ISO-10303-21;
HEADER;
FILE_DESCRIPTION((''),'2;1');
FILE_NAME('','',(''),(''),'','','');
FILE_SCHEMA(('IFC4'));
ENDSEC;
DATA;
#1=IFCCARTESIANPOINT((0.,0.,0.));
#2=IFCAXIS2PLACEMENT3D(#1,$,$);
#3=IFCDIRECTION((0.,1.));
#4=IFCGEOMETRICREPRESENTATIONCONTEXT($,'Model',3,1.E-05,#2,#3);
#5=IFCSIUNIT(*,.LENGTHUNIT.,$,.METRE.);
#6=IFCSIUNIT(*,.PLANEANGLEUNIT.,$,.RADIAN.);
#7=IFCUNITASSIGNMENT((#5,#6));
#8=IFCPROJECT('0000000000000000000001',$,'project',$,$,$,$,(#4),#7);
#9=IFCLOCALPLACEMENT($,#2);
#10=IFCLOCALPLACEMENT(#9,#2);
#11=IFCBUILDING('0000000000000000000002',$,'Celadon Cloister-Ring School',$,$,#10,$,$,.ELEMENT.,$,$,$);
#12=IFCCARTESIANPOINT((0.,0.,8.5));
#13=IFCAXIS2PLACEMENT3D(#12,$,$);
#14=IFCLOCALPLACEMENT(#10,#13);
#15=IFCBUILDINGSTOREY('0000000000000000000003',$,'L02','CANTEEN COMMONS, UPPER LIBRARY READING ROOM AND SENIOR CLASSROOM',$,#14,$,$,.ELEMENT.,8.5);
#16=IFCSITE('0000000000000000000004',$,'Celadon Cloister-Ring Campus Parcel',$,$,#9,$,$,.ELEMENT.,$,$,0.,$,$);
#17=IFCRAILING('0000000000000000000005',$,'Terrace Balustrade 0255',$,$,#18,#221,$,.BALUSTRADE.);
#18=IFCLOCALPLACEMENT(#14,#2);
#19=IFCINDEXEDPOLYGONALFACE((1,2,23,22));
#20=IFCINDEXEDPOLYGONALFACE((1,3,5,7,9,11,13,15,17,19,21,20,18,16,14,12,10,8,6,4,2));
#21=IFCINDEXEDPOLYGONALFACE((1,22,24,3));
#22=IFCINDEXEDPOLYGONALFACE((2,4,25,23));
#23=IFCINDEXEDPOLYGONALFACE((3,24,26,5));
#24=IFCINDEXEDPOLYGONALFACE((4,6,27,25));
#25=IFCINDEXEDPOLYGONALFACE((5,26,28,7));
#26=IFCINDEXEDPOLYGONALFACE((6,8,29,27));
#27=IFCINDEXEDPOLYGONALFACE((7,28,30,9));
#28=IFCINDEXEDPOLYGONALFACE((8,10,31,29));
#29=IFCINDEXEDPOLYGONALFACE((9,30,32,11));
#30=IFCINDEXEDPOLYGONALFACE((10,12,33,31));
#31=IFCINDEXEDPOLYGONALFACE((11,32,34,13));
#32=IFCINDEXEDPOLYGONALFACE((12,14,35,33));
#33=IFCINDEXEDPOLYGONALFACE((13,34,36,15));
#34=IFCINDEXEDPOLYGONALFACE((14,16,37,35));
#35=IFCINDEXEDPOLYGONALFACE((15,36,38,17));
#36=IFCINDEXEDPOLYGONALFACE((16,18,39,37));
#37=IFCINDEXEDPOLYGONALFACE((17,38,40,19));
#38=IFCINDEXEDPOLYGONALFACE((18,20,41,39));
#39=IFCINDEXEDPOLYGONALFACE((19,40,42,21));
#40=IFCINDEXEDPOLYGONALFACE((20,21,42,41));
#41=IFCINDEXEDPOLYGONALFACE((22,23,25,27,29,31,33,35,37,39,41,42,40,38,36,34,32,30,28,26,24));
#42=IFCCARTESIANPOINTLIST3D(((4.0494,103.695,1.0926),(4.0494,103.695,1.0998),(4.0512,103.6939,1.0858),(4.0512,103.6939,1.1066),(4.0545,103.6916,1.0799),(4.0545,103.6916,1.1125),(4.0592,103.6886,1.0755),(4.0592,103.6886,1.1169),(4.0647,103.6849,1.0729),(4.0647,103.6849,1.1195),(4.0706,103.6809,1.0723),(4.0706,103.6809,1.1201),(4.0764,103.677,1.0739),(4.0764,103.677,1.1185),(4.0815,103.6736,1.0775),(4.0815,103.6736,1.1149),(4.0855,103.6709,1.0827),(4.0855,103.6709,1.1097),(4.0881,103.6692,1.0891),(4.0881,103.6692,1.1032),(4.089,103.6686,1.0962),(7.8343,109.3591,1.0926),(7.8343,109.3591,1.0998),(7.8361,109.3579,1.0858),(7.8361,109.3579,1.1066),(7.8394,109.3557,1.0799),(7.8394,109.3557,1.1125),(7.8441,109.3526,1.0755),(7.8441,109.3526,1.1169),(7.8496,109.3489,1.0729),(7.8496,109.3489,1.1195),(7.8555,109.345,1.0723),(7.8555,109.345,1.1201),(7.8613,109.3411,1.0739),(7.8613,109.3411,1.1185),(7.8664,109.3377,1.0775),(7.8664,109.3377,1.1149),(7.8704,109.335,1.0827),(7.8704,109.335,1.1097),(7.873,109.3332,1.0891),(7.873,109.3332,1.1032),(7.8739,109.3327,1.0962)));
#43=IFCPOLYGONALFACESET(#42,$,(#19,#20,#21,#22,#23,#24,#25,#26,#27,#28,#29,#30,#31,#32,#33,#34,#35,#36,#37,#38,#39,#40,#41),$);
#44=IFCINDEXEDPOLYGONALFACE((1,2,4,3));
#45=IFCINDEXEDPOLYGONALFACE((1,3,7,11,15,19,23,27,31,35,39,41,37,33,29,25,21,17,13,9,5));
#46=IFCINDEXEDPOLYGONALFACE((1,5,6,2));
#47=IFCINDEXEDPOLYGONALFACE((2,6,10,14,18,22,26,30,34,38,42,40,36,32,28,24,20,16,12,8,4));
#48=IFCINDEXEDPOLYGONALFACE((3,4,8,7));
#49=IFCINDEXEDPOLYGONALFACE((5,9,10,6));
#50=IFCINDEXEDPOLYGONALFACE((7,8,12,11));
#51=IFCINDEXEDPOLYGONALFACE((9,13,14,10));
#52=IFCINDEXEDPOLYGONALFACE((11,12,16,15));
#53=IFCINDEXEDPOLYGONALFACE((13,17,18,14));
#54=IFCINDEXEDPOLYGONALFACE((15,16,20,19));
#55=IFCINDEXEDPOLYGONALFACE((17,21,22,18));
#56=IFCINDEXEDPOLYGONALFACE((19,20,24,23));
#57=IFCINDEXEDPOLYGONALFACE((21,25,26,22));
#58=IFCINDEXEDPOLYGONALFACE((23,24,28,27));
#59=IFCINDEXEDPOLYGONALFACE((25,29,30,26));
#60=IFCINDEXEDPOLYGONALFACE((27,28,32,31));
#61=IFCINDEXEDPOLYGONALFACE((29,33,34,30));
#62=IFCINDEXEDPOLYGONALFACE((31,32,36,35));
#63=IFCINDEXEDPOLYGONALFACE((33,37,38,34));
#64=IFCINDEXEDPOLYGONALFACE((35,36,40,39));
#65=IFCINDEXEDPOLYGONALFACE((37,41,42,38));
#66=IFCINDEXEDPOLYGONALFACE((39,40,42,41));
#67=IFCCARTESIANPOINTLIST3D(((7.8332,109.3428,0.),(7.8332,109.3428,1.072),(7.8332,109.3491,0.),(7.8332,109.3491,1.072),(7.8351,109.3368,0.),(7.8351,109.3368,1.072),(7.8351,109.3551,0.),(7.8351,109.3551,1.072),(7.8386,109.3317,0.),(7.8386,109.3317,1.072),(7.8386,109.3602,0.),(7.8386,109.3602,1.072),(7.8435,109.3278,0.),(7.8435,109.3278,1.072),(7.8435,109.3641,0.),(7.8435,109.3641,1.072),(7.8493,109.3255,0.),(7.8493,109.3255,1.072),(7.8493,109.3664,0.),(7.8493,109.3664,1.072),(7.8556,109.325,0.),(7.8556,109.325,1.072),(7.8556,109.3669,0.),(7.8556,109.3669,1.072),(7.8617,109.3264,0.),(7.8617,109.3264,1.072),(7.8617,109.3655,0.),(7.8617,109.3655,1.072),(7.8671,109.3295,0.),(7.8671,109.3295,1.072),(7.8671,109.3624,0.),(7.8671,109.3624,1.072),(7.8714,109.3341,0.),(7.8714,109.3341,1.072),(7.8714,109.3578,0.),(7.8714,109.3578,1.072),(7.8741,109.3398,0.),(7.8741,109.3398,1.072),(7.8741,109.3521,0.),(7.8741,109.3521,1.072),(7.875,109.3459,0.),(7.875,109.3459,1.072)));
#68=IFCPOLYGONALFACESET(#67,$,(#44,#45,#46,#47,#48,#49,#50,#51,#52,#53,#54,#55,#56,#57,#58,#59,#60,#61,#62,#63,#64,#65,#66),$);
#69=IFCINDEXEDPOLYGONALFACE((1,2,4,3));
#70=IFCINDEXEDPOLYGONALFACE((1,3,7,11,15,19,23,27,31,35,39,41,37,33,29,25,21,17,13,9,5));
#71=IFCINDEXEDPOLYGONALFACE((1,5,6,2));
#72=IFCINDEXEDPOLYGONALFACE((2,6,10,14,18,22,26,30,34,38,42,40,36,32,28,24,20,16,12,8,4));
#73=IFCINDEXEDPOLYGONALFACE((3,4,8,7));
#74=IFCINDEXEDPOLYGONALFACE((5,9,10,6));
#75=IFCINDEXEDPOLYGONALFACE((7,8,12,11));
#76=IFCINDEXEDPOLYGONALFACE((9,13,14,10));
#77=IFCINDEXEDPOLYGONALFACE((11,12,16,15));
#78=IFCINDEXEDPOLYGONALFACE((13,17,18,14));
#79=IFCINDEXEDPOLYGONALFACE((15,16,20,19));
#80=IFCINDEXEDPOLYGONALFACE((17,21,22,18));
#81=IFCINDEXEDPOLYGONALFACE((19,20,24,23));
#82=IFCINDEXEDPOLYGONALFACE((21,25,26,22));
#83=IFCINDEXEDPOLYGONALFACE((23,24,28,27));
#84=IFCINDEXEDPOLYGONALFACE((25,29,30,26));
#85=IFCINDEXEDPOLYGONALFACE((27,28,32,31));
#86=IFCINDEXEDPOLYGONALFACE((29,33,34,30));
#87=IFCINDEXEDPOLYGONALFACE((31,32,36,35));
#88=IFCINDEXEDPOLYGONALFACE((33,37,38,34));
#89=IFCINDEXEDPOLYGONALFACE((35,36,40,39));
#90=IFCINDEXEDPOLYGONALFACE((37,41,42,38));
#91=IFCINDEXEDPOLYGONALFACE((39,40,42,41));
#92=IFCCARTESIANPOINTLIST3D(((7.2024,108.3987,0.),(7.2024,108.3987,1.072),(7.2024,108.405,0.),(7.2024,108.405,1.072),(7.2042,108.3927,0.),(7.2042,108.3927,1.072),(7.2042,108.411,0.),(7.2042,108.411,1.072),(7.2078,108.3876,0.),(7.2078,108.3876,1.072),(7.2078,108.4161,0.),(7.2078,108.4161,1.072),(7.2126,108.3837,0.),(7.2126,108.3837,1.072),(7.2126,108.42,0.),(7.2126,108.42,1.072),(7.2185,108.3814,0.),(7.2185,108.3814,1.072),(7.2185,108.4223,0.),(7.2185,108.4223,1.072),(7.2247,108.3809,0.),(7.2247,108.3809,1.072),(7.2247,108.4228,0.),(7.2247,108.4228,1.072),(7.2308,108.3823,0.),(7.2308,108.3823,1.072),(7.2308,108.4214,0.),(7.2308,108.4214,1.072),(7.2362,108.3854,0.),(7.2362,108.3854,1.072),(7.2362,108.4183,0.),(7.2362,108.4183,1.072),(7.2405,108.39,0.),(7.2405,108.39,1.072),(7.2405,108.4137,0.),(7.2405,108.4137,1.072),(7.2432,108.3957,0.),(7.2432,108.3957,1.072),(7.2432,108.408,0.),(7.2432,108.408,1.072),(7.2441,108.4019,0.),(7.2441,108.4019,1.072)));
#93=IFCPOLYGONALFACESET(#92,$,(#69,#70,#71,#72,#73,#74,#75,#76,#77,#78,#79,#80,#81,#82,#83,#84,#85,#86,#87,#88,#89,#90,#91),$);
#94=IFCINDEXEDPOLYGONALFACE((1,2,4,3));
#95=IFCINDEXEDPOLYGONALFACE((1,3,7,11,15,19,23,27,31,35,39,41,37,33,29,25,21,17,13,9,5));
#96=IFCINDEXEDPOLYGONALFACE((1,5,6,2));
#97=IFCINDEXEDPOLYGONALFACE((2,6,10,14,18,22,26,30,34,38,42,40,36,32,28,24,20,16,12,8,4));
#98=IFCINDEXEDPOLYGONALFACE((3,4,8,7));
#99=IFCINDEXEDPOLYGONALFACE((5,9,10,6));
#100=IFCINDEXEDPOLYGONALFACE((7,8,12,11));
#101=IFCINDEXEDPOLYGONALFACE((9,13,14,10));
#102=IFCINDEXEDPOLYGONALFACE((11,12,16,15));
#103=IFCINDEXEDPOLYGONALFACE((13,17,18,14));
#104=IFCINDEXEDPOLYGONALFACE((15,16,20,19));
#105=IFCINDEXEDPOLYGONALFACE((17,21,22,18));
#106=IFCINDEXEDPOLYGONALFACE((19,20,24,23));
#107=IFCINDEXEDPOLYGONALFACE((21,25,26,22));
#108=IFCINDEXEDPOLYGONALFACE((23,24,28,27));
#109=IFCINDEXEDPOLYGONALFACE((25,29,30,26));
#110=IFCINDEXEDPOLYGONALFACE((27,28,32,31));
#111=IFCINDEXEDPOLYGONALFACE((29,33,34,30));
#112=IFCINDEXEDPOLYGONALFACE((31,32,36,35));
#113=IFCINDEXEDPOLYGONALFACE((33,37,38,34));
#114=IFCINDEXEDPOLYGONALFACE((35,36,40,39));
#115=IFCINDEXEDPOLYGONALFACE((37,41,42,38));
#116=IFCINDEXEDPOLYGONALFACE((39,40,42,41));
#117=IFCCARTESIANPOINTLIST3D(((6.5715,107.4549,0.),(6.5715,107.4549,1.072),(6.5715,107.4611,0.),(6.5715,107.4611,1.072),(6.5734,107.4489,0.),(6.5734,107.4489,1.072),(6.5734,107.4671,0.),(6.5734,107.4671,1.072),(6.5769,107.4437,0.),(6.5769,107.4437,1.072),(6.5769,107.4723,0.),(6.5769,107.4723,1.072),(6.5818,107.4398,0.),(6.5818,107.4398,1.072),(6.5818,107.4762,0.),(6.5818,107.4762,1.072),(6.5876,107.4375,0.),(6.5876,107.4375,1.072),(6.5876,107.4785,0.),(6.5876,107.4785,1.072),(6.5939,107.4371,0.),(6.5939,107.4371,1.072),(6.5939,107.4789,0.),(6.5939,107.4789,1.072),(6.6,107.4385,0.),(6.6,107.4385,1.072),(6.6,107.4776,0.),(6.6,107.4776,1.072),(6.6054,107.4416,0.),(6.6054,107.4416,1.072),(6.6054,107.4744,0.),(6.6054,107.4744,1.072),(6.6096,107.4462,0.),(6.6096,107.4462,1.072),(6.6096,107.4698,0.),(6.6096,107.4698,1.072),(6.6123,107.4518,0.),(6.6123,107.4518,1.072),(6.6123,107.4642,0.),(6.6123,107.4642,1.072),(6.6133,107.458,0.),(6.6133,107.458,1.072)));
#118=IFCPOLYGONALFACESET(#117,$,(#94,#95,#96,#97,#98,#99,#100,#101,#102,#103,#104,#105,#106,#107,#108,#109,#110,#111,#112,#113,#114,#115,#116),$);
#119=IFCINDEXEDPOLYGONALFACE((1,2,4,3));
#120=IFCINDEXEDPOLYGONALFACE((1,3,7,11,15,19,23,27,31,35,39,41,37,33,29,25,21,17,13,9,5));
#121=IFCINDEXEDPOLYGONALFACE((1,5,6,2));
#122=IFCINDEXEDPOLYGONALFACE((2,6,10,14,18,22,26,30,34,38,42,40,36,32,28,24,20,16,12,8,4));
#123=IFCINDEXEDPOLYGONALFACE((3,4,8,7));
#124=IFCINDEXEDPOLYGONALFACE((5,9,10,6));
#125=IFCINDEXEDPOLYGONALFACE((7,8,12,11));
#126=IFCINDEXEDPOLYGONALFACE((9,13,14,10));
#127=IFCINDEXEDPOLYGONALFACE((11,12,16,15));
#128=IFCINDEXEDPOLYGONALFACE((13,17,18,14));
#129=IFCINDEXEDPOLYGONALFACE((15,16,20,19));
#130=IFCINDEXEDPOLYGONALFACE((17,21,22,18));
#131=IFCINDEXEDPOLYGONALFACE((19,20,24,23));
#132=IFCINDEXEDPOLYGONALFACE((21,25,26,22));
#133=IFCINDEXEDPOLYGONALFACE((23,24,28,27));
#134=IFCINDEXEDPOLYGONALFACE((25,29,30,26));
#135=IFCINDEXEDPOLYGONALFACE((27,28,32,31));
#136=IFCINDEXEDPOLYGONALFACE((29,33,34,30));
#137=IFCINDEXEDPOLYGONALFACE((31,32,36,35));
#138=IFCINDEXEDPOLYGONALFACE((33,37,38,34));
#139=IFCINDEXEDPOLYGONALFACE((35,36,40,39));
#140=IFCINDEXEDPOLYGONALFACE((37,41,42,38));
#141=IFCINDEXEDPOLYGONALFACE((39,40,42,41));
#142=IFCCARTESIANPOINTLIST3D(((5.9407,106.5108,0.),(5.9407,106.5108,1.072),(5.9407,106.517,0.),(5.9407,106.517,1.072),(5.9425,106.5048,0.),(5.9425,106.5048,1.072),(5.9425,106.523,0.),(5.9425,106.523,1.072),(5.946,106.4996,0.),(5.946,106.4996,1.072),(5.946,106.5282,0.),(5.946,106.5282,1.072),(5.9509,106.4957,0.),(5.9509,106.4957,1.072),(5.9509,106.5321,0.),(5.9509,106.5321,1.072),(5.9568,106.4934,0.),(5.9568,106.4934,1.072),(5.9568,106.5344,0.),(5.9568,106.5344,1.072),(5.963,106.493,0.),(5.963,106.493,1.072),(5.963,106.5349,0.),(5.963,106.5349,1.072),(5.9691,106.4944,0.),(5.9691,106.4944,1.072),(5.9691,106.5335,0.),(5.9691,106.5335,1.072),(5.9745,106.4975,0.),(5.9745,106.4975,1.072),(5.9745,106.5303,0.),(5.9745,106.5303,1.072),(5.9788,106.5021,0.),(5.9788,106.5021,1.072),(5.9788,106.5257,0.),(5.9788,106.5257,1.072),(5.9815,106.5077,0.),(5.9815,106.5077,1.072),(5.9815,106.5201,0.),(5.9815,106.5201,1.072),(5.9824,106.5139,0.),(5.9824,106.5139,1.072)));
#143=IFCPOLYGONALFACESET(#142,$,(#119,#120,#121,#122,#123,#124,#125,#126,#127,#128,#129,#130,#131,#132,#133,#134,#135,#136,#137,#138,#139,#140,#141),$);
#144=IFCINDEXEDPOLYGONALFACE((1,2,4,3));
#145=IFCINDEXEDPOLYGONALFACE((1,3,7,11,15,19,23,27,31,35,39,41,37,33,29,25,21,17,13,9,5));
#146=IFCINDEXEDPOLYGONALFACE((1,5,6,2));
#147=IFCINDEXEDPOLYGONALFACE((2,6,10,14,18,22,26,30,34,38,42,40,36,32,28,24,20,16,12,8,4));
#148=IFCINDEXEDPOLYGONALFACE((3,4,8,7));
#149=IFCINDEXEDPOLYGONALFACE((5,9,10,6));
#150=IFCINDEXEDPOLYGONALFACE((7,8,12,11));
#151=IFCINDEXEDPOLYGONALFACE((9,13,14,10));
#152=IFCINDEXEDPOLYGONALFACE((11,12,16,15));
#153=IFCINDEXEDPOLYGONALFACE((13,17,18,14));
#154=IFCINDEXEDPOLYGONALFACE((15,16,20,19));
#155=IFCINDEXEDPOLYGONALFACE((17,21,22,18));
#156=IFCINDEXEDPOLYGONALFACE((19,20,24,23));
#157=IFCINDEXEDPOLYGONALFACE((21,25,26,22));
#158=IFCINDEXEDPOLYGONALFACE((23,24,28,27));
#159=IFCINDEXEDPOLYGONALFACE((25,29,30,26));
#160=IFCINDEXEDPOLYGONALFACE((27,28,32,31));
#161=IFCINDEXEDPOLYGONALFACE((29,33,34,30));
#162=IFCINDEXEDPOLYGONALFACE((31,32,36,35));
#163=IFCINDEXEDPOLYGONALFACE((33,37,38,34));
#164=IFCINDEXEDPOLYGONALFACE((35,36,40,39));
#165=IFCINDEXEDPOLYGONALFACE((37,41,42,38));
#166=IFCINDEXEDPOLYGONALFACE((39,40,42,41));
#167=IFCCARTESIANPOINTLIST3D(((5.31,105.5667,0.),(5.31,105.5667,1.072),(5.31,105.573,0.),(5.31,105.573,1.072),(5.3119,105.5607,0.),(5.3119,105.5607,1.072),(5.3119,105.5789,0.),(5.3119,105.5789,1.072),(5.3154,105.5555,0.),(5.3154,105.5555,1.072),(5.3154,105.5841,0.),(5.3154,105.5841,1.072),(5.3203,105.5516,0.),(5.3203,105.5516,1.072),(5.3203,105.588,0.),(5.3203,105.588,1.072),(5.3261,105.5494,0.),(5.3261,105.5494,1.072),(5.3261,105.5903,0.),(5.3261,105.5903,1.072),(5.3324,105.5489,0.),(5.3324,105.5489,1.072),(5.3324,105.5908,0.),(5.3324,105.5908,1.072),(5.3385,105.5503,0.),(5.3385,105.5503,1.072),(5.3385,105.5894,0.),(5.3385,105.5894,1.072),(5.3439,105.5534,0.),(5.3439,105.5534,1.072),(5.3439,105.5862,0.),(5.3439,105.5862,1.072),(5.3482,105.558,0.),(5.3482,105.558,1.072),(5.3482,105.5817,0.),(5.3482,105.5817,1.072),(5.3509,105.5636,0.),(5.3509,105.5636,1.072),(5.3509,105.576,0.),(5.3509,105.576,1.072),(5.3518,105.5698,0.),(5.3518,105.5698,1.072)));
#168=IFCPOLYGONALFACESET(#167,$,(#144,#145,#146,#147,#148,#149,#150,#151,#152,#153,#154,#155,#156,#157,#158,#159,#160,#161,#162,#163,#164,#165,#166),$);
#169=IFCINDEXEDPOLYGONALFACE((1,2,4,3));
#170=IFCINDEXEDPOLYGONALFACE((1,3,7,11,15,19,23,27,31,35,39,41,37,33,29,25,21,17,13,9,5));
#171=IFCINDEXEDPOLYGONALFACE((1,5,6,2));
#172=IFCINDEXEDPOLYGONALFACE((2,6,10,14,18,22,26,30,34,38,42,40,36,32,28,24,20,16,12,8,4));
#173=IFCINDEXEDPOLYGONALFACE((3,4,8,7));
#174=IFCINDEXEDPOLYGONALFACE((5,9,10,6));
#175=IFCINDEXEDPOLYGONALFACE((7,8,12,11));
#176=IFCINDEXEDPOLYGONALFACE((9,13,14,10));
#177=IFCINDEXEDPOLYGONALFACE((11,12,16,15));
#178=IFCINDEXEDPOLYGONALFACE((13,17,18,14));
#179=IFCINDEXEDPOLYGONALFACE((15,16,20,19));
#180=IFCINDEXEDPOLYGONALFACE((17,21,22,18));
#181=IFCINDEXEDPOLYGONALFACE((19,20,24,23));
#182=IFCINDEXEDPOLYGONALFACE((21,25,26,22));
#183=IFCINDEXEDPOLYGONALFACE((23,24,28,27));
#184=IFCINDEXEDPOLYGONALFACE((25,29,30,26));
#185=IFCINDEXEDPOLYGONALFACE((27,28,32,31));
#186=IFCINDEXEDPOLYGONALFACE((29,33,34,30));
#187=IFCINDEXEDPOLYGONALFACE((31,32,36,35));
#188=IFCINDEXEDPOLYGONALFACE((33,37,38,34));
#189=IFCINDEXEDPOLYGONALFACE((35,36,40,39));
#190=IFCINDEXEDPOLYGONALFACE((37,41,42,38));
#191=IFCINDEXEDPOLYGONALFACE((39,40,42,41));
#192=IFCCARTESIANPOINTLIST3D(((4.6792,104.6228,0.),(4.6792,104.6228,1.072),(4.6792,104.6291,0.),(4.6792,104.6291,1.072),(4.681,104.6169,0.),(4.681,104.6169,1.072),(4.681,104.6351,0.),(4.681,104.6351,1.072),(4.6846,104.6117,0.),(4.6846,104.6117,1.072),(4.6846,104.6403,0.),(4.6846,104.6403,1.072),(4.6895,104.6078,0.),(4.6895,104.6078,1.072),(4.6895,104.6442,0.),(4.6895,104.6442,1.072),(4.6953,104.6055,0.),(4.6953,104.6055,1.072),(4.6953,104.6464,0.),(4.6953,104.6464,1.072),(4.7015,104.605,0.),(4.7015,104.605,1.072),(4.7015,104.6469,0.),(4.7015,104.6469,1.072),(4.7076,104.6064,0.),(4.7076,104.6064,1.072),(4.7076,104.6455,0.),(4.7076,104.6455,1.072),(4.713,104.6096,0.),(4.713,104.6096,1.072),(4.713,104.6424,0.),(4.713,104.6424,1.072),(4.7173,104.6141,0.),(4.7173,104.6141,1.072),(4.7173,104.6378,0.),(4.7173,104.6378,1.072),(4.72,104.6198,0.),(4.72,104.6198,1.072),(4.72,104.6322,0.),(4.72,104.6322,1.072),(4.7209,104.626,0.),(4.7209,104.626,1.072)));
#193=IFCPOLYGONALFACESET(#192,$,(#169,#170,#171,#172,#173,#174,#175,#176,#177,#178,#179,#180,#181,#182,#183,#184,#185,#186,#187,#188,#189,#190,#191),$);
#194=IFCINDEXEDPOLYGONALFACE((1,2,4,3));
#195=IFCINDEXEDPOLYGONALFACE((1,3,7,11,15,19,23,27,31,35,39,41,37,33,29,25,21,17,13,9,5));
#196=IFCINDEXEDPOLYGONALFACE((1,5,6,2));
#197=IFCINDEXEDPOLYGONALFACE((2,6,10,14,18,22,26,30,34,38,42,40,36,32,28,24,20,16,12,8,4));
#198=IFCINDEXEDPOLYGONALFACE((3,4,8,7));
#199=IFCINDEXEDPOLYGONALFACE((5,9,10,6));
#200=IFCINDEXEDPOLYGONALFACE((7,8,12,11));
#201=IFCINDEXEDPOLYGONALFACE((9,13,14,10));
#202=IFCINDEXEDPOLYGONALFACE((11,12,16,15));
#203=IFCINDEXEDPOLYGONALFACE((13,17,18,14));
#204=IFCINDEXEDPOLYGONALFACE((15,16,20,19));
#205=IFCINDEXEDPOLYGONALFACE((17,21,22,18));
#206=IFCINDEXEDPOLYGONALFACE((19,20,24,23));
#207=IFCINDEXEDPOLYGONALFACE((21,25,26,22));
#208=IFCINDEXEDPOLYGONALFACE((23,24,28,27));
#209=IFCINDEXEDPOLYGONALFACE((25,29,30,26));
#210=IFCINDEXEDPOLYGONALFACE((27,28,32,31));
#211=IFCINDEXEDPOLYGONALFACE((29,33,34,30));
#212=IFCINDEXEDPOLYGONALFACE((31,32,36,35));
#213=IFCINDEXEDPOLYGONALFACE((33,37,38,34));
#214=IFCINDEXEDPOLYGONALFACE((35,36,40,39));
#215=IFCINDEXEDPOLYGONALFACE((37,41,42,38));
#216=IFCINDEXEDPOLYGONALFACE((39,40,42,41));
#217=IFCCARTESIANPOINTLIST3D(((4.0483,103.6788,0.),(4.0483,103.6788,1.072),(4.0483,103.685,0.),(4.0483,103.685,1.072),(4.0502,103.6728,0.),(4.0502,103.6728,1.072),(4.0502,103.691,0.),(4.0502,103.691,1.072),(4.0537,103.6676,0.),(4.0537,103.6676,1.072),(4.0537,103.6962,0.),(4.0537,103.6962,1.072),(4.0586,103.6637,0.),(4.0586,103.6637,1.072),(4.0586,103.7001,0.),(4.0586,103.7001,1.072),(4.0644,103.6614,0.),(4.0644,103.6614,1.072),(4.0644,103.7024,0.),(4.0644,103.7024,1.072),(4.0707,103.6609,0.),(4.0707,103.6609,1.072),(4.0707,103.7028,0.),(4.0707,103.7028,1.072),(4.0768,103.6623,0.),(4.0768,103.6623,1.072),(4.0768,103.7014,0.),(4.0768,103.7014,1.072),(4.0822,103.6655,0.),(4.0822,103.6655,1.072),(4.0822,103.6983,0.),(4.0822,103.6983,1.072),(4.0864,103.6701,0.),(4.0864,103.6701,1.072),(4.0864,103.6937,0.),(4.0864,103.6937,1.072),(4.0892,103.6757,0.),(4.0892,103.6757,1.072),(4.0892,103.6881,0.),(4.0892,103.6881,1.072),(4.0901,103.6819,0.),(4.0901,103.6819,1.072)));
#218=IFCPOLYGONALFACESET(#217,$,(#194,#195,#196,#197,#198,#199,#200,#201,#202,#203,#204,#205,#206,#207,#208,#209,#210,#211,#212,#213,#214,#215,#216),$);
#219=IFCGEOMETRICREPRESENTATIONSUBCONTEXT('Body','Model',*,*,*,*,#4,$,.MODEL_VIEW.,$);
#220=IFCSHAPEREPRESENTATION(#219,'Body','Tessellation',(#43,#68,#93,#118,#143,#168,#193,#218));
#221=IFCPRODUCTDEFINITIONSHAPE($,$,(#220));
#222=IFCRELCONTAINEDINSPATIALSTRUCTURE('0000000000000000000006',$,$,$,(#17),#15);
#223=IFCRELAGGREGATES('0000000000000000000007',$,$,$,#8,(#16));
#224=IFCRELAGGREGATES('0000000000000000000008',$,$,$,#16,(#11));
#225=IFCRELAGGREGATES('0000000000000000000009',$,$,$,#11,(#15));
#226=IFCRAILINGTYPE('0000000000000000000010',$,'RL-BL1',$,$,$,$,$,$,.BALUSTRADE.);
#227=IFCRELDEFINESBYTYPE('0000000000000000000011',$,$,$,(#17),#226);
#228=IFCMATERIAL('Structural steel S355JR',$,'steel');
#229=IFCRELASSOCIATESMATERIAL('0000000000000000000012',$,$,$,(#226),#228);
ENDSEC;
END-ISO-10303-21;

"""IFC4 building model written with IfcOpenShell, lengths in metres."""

from ifc_helpers import new_model, si_unit, direction, frame, origin, origin_2d, place, context, subcontext, project, spatial, circle, extrude, material, type_object, element, save


model = new_model("IFC4")

# Units and contexts
model_context = context("Model", 3, precision=1e-05, world=origin(), true_north=direction((0.0, 1.0)))
body_context = subcontext(model_context, "Body", "Model", "MODEL_VIEW")
ifc_project = project(units=[si_unit("LENGTHUNIT", "METRE"), si_unit("PLANEANGLEUNIT", "RADIAN")], contexts=[model_context])

# Site, building, storey
site_placement = place(None, origin())
site = spatial("IfcSite", under=ifc_project, at=site_placement, Name="Celadon Cloister-Ring Campus Parcel", CompositionType="ELEMENT", RefElevation=0.0)
building_placement = place(site_placement, origin())
building = spatial("IfcBuilding", under=site, at=building_placement, Name="Celadon Cloister-Ring School", CompositionType="ELEMENT")
storey_placement = place(building_placement, frame((0.0, 0.0, 8.5)))
storey = spatial("IfcBuildingStorey", under=building, at=storey_placement, Name="L02", Description="CANTEEN COMMONS, UPPER LIBRARY READING ROOM AND SENIOR CLASSROOM", CompositionType="ELEMENT", Elevation=8.5)

# Railing
ifc_material_1 = material(Name="Structural steel S355JR", Category="steel")
railing_type = type_object("IfcRailingType", Name="RL-BL1", PredefinedType="BALUSTRADE", material=ifc_material_1)
railing_1_placement = place(storey_placement, frame((7.854, 109.3459, 0.0)))
element("IfcRailing", 1, at=railing_1_placement, inside=storey, type_object=railing_type, Name="Terrace Balustrade 0255", PredefinedType="BALUSTRADE", context=body_context, shape_type="SweptSolid", body=[
    extrude(circle(Radius=0.0239, at=origin_2d()), frame((0.0, 0.0, 1.0962), z_axis=(-0.555601, -0.831449, 0.0), x_axis=(0.831449, -0.555601, 0.0)), (0.0, 0.0, 1.0), 6.8123),
    extrude(circle(Radius=0.021, at=origin_2d()), origin(), (0.0, 0.0, 1.0), 1.072),
    extrude(circle(Radius=0.021, at=origin_2d()), frame((-0.6309, -0.9441, 0.0)), (0.0, 0.0, 1.0), 1.072),
    extrude(circle(Radius=0.021, at=origin_2d()), frame((-1.2617, -1.8879, 0.0)), (0.0, 0.0, 1.0), 1.072),
    extrude(circle(Radius=0.021, at=origin_2d()), frame((-1.8926, -2.832, 0.0)), (0.0, 0.0, 1.0), 1.072),
    extrude(circle(Radius=0.021, at=origin_2d()), frame((-2.5232, -3.7761, 0.0)), (0.0, 0.0, 1.0), 1.072),
    extrude(circle(Radius=0.021, at=origin_2d()), frame((-3.1541, -4.72, 0.0)), (0.0, 0.0, 1.0), 1.072),
    extrude(circle(Radius=0.021, at=origin_2d()), frame((-3.7849, -5.6641, 0.0)), (0.0, 0.0, 1.0), 1.072),
])

save(model, "model.ifc")
